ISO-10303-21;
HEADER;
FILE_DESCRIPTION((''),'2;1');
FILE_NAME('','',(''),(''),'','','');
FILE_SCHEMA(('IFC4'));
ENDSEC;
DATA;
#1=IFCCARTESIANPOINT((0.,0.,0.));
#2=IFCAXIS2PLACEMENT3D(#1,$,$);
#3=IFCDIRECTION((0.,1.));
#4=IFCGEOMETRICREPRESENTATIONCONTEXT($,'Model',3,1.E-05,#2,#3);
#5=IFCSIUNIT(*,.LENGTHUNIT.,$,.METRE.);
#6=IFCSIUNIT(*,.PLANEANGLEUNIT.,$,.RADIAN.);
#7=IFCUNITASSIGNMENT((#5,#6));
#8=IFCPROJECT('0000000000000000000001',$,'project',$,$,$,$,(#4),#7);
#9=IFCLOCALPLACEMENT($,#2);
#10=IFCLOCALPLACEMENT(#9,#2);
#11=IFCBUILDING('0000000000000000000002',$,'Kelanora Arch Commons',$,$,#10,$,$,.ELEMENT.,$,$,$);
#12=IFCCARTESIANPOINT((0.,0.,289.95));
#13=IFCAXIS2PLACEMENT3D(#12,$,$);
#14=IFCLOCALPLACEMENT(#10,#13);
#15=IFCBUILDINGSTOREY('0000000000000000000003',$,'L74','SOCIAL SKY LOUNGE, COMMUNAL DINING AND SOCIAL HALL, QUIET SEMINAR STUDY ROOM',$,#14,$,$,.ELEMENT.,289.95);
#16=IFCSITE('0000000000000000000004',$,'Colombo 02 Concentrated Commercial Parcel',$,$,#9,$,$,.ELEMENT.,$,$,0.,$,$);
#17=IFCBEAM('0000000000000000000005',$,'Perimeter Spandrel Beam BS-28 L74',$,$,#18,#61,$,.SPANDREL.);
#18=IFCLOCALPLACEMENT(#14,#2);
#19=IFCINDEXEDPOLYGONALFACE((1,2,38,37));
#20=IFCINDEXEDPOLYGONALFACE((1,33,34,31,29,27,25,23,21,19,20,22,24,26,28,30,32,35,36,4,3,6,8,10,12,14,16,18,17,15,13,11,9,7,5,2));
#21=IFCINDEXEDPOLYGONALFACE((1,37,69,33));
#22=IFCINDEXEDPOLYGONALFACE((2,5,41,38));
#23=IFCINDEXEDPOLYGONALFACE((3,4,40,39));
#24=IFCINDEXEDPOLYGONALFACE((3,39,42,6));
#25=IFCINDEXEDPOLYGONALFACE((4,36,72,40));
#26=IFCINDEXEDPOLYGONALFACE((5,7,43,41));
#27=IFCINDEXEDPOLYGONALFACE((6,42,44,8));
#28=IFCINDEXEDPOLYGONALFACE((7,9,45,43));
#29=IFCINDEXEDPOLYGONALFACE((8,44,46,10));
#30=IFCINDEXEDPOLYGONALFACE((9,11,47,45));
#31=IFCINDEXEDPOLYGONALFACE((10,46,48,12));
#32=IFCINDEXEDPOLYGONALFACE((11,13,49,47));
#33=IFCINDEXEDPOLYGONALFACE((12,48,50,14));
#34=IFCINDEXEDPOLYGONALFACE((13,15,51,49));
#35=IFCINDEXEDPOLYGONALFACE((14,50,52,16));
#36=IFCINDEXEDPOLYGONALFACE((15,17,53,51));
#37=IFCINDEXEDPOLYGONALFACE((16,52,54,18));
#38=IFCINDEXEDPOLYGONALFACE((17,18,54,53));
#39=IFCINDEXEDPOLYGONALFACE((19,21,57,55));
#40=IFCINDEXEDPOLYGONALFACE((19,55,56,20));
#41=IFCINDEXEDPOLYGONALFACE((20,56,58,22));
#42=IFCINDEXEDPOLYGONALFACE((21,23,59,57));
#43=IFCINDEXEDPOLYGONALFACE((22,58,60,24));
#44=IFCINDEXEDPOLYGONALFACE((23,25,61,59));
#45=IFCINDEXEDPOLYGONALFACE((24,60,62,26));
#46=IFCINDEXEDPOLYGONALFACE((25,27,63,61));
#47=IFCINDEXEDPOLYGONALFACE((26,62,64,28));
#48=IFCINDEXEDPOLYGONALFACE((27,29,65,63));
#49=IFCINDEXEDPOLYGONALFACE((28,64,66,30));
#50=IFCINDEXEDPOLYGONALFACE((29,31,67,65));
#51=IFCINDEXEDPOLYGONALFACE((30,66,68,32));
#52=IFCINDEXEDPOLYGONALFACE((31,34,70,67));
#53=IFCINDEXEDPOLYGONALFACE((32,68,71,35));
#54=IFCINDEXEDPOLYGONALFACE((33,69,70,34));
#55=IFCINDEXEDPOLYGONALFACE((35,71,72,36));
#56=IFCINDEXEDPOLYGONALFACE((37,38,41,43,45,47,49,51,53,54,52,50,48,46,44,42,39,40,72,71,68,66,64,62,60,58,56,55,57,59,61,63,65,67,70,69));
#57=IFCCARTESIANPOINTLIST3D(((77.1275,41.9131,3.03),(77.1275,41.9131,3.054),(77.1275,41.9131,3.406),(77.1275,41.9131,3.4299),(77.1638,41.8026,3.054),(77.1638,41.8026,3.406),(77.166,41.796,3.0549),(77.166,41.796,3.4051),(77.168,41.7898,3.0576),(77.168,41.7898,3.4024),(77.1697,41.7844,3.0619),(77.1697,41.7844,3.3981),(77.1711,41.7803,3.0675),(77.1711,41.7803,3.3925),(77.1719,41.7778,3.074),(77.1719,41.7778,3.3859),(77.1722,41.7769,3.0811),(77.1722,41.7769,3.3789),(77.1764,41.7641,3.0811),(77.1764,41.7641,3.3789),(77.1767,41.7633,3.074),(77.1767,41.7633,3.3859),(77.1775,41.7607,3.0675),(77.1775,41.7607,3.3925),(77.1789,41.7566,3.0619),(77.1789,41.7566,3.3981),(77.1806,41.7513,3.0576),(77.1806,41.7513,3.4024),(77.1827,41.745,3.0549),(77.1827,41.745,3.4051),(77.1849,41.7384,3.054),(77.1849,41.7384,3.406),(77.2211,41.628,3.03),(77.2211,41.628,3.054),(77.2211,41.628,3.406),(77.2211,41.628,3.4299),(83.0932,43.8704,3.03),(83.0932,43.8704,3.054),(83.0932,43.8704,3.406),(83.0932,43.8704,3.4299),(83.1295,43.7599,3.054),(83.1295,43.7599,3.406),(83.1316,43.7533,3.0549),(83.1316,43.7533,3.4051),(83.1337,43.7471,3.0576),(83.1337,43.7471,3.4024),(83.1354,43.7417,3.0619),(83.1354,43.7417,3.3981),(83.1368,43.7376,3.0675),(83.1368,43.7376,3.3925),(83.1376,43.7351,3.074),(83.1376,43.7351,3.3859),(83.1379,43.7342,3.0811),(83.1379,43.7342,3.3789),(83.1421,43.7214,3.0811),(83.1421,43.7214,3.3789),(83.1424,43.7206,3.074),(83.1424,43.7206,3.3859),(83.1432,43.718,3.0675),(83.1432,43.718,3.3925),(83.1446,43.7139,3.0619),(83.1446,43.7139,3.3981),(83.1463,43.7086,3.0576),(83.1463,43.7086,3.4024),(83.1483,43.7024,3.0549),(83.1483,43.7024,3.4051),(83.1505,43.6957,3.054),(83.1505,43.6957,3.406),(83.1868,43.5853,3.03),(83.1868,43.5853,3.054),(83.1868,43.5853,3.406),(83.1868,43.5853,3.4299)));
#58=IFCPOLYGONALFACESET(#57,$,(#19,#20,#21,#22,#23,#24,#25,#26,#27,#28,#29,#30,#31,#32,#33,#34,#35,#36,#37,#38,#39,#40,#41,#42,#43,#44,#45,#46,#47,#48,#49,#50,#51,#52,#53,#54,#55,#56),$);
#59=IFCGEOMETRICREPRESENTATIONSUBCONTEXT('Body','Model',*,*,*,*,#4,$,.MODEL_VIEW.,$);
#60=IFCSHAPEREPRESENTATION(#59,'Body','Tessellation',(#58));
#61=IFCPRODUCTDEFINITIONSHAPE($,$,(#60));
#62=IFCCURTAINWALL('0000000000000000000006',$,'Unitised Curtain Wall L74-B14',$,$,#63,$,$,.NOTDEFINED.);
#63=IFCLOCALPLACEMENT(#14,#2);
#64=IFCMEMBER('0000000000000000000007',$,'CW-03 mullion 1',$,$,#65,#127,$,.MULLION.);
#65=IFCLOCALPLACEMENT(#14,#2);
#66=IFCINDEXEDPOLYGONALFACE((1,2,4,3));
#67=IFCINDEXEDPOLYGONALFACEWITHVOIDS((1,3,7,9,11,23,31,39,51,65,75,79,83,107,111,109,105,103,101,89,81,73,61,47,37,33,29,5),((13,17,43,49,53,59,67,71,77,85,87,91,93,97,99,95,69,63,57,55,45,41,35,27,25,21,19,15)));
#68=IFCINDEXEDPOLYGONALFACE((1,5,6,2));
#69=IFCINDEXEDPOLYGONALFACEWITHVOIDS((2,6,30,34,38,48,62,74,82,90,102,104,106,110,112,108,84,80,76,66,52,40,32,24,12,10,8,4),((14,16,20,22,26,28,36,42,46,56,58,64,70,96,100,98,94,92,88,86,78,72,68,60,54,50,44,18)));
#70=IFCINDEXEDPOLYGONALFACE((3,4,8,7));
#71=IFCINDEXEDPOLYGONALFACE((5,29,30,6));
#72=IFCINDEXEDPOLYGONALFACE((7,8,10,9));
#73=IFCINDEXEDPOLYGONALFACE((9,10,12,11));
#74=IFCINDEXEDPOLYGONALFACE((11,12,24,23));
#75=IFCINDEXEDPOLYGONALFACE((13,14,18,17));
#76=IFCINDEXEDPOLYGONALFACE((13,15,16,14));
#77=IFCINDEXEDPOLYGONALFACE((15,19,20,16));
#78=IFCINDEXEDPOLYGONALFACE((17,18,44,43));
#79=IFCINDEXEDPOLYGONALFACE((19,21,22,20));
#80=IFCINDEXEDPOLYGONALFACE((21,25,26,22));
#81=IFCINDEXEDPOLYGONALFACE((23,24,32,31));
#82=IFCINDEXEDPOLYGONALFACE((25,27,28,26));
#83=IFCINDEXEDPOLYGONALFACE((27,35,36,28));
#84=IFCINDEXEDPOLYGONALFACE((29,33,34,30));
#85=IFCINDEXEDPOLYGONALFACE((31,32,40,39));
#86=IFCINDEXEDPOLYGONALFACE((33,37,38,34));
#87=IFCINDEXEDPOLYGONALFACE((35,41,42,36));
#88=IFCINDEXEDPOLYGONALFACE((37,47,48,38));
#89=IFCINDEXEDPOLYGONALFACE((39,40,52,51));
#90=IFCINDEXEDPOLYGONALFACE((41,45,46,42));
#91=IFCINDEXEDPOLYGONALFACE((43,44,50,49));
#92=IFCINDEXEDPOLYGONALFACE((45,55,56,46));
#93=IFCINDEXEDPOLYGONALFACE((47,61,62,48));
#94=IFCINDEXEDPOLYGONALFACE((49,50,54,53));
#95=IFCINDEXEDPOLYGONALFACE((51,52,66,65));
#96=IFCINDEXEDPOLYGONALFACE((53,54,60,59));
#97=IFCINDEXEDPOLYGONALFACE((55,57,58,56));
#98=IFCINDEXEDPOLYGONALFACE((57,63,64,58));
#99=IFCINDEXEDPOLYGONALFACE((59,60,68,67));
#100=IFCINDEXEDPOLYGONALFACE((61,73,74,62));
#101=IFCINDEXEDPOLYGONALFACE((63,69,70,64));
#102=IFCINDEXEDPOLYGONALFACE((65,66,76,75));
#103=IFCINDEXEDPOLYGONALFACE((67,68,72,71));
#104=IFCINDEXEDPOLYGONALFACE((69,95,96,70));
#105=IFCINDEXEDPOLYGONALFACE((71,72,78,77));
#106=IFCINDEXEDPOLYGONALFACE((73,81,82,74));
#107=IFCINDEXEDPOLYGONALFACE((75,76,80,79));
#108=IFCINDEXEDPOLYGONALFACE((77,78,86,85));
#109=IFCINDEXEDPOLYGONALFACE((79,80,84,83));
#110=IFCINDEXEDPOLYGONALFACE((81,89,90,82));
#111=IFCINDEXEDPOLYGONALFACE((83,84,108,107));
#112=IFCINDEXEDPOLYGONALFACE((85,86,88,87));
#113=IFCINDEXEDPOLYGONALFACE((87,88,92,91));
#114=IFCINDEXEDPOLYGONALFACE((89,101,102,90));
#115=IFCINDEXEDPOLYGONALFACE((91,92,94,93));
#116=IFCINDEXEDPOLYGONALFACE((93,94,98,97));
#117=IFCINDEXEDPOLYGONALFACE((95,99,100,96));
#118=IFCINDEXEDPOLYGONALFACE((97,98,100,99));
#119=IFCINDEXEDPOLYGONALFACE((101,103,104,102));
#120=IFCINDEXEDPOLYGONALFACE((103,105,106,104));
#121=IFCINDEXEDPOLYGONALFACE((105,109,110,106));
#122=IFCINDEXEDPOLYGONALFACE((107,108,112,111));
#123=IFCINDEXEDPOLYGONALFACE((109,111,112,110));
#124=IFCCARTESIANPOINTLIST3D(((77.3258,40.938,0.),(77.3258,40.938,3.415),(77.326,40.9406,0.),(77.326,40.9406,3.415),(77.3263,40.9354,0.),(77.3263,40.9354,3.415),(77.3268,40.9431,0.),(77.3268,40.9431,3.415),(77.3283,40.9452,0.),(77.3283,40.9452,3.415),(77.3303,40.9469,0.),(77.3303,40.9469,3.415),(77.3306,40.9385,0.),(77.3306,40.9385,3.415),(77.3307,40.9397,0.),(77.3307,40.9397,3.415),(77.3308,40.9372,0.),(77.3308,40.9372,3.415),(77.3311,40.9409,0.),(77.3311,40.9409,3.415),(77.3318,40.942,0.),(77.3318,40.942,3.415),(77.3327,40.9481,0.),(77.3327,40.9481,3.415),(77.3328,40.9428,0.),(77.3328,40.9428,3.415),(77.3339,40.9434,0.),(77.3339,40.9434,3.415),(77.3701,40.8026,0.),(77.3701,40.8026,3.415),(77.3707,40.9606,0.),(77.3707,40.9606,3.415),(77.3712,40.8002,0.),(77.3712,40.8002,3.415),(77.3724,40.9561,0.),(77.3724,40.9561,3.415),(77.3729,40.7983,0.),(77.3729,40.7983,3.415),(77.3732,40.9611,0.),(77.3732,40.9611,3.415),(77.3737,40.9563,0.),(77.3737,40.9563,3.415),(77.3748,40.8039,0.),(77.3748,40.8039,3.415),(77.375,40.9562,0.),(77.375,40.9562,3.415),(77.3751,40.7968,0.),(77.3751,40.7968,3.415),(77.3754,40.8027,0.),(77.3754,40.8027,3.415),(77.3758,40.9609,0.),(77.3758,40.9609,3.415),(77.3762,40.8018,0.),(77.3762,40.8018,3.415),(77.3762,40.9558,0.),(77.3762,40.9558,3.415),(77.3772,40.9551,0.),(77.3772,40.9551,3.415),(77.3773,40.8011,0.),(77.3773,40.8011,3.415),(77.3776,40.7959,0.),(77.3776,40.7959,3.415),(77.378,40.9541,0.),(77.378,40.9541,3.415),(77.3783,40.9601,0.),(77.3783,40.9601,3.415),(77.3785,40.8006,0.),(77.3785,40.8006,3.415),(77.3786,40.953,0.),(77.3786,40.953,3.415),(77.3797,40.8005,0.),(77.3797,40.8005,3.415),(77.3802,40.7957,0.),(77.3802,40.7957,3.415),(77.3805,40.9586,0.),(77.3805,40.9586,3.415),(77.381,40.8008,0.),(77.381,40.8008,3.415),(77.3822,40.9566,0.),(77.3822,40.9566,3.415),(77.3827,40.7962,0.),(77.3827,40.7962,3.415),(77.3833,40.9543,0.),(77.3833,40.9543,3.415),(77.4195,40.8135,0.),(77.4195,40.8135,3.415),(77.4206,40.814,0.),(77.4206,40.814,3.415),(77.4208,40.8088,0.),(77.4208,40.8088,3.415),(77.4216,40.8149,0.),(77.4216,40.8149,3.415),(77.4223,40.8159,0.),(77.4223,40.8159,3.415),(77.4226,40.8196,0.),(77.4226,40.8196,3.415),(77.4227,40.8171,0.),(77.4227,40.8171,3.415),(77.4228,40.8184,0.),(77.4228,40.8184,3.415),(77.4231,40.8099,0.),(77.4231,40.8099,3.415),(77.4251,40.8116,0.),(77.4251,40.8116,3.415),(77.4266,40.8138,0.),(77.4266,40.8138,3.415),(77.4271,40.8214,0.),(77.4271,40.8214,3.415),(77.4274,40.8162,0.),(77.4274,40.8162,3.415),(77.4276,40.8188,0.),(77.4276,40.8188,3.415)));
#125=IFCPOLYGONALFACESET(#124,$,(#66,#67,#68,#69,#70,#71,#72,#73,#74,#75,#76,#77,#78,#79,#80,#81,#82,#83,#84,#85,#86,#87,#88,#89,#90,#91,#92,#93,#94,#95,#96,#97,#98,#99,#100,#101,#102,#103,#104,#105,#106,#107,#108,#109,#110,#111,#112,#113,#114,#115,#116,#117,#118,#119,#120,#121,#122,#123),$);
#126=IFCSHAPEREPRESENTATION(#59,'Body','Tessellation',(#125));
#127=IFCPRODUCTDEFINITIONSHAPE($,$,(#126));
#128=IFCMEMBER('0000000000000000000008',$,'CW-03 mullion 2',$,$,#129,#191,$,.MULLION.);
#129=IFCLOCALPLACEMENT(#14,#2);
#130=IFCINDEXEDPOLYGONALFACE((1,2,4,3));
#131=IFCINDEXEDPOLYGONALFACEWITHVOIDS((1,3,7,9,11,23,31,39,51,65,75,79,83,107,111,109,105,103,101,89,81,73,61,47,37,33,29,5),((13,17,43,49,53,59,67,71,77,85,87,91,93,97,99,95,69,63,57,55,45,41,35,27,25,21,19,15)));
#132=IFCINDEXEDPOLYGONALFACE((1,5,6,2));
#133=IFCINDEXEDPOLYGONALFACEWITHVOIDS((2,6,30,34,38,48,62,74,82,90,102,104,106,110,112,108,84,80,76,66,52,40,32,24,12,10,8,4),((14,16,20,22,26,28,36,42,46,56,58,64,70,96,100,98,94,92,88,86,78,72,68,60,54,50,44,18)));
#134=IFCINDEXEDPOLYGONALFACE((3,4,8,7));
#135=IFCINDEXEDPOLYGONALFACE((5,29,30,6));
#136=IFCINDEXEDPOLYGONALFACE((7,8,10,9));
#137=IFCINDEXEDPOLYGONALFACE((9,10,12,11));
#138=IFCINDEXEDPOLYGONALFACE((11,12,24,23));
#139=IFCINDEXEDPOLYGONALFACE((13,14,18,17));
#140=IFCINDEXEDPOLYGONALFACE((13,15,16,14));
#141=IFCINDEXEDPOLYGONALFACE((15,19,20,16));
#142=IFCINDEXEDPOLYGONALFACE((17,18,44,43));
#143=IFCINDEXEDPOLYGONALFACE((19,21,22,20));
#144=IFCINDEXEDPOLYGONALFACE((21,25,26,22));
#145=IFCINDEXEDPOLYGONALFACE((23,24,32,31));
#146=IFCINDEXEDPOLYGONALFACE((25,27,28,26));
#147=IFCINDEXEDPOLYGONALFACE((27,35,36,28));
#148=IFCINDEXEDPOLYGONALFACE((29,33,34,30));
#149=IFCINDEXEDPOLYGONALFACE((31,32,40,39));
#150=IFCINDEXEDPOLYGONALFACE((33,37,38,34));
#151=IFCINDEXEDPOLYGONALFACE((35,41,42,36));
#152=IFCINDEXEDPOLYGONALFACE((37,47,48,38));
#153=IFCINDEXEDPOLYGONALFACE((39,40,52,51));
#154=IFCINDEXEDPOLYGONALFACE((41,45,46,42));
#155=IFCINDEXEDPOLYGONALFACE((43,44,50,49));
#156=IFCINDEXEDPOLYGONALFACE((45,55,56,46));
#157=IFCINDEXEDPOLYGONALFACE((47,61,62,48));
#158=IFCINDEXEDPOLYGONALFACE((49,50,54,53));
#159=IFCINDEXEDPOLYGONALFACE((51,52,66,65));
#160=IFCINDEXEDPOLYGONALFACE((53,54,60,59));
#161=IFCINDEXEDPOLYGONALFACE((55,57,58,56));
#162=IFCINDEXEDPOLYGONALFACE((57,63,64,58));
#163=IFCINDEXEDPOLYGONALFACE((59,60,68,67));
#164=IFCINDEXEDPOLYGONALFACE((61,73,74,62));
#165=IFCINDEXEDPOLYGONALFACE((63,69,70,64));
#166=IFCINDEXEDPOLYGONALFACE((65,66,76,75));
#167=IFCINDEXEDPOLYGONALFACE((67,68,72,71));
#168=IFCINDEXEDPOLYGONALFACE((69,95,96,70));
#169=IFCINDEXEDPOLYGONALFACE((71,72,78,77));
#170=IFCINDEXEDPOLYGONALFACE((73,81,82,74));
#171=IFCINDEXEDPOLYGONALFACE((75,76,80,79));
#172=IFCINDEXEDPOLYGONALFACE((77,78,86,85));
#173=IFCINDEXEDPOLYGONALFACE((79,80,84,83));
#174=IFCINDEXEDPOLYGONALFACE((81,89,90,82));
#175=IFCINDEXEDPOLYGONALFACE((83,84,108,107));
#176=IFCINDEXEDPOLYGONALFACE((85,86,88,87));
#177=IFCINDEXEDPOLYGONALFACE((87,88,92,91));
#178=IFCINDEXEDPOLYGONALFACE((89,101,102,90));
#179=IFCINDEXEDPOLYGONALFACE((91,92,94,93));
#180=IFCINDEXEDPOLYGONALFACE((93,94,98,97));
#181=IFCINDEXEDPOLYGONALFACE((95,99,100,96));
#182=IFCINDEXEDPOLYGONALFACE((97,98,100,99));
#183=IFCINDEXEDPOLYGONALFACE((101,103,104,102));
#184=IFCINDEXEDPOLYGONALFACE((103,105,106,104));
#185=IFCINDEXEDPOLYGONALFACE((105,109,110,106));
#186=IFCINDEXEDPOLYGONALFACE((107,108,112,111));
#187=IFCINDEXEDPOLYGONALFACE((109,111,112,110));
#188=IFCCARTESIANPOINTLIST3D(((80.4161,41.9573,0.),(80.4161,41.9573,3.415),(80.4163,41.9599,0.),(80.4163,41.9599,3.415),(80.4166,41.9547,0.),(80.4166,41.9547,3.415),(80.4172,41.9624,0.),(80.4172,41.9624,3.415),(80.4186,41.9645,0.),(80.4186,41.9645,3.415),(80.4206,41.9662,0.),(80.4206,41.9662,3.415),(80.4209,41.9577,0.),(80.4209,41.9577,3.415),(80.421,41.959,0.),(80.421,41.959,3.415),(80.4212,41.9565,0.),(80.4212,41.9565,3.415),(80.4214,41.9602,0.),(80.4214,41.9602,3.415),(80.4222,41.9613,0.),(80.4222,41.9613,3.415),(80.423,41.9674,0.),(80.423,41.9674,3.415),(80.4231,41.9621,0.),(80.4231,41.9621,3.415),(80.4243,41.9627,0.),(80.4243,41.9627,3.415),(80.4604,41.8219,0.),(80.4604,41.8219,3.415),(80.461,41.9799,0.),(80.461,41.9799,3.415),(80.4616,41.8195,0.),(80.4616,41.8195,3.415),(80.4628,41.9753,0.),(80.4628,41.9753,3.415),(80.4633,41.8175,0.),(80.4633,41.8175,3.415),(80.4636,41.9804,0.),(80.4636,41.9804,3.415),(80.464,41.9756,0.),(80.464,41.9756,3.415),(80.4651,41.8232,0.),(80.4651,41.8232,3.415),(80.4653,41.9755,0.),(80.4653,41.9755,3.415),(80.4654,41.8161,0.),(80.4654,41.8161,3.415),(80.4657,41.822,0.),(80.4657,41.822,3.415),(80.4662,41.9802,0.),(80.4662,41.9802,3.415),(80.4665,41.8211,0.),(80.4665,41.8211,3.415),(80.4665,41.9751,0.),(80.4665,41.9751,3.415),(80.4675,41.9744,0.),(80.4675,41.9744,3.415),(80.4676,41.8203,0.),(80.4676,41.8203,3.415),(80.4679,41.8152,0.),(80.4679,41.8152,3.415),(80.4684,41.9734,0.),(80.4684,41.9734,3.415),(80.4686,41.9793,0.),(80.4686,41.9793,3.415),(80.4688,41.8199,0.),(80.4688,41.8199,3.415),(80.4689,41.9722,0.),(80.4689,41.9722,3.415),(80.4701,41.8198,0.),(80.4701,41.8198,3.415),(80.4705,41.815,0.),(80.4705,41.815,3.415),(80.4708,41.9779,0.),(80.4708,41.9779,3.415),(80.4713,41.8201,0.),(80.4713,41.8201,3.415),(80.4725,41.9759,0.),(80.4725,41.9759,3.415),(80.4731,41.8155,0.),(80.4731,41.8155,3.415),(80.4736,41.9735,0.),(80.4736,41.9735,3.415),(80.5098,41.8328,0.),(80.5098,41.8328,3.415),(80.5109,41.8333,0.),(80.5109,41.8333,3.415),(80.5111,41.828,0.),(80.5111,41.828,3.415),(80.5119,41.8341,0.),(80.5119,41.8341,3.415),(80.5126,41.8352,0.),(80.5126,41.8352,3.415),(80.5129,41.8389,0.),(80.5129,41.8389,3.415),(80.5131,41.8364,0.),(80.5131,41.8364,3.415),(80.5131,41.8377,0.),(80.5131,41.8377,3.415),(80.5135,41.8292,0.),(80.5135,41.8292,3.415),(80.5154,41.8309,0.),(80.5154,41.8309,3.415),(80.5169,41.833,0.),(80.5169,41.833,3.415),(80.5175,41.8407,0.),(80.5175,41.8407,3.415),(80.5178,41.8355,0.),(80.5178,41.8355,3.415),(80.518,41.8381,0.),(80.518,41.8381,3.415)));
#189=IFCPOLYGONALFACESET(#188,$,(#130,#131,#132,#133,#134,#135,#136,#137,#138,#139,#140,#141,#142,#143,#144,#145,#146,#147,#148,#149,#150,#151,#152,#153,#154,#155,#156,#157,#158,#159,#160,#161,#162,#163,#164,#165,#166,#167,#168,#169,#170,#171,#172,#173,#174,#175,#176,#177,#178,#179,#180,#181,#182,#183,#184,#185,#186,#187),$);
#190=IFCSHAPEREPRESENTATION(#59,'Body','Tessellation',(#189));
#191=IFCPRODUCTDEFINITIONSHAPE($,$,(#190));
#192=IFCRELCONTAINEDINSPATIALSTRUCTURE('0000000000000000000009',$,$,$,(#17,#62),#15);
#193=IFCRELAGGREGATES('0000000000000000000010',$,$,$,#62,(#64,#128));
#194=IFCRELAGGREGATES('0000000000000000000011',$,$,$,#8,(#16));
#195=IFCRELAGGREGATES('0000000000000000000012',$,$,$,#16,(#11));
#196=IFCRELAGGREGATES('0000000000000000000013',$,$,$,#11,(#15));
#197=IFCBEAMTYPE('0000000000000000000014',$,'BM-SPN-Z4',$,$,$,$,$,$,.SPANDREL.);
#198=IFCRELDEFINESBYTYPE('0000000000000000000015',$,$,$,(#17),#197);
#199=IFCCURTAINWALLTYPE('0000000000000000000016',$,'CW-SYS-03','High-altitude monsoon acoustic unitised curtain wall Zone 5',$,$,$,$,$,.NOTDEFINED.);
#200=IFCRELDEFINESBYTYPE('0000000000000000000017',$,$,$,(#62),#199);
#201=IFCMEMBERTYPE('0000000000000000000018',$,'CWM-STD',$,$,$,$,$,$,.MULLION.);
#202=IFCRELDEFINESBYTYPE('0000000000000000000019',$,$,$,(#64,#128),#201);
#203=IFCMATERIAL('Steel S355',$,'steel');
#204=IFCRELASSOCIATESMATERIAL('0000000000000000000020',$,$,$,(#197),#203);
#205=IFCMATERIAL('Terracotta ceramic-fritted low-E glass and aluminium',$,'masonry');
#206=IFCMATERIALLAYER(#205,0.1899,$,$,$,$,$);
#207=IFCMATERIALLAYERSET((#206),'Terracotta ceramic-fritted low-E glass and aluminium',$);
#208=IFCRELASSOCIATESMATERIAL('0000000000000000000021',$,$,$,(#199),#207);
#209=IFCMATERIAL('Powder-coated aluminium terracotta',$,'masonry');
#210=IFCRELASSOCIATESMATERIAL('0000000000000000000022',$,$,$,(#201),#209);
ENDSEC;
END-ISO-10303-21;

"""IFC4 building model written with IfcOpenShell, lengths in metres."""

from ifc_helpers import new_model, si_unit, direction, frame, origin, origin_2d, place, context, subcontext, project, spatial, hollow_rectangle, i_section, extrude, material, layer, layer_set, material_profile, profile_set, type_object, element, aggregate, save


model = new_model("IFC4")

# Units and contexts
model_context = context("Model", 3, precision=1e-05, world=origin(), true_north=direction((0.0, 1.0)))
body_context = subcontext(model_context, "Body", "Model", "MODEL_VIEW")
ifc_project = project(units=[si_unit("LENGTHUNIT", "METRE"), si_unit("PLANEANGLEUNIT", "RADIAN")], contexts=[model_context])

# Site, building, storey
site_placement = place(None, origin())
site = spatial("IfcSite", under=ifc_project, at=site_placement, Name="Colombo 02 Concentrated Commercial Parcel", CompositionType="ELEMENT", RefElevation=0.0)
building_placement = place(site_placement, origin())
building = spatial("IfcBuilding", under=site, at=building_placement, Name="Kelanora Arch Commons", CompositionType="ELEMENT")
storey_placement = place(building_placement, frame((0.0, 0.0, 289.95)))
storey = spatial("IfcBuildingStorey", under=building, at=storey_placement, Name="L74", Description="SOCIAL SKY LOUNGE, COMMUNAL DINING AND SOCIAL HALL, QUIET SEMINAR STUDY ROOM", CompositionType="ELEMENT", Elevation=289.95)

# Beam
ifc_material_1 = material(Name="Steel S355", Category="steel")
ifc_material_profile_1 = material_profile(ifc_material_1, i_section(OverallWidth=0.3, OverallDepth=0.3999, WebThickness=0.0134, FlangeThickness=0.0239, FilletRadius=0.0271, at=origin_2d()), Name="HEB400")
ifc_profile_set_1 = profile_set([ifc_material_profile_1], Name="Steel S355")
beam_type_1 = type_object("IfcBeamType", Name="BM-SPN-Z4", PredefinedType="SPANDREL", material=ifc_profile_set_1)
beam_1_placement = place(storey_placement, frame((77.1743, 41.7705, 3.23), z_axis=(0.950166, 0.311745, 0.0), x_axis=(-0.311745, 0.950166, 0.0)))
element("IfcBeam", 1, at=beam_1_placement, inside=storey, type_object=beam_type_1, Name="Perimeter Spandrel Beam BS-28 L74", PredefinedType="SPANDREL", context=body_context, shape_type="SweptSolid", body=[
    extrude(i_section(OverallWidth=0.3, OverallDepth=0.3999, WebThickness=0.0134, FlangeThickness=0.0239, FilletRadius=0.0271, at=origin_2d()), origin(), (0.0, 0.0, 1.0), 6.2786),
])

# Curtain wall, members
ifc_material_2 = material(Name="Terracotta ceramic-fritted low-E glass and aluminium", Category="masonry")
ifc_layer_1 = layer(ifc_material_2, 0.1899)
ifc_layer_set_1 = layer_set([ifc_layer_1], Name="Terracotta ceramic-fritted low-E glass and aluminium")
curtain_wall_type = type_object("IfcCurtainWallType", Name="CW-SYS-03", Description="High-altitude monsoon acoustic unitised curtain wall Zone 5", PredefinedType="NOTDEFINED", material=ifc_layer_set_1)
curtain_wall_placement = place(storey_placement, origin())
curtain_wall = element("IfcCurtainWall", 2, at=curtain_wall_placement, inside=storey, type_object=curtain_wall_type, Name="Unitised Curtain Wall L74-B14", PredefinedType="NOTDEFINED")
ifc_material_3 = material(Name="Powder-coated aluminium terracotta", Category="masonry")
ifc_material_profile_2 = material_profile(ifc_material_3, hollow_rectangle(XDim=0.1599, YDim=0.0601, WallThickness=0.0049, InnerFilletRadius=0.0049, OuterFilletRadius=0.01, at=origin_2d()), Name="CWM160x60")
ifc_profile_set_2 = profile_set([ifc_material_profile_2], Name="Powder-coated aluminium terracotta")
member_type_1 = type_object("IfcMemberType", Name="CWM-STD", PredefinedType="MULLION", material=ifc_profile_set_2)
member_1_placement = place(storey_placement, frame((77.3767, 40.8784, 0.0), z_axis=(0.0, 0.0, 1.0), x_axis=(-0.313253, 0.94967, 0.0)))
member_1 = element("IfcMember", 3, at=member_1_placement, type_object=member_type_1, Name="CW-03 mullion 1", PredefinedType="MULLION", context=body_context, shape_type="SweptSolid", body=[
    extrude(hollow_rectangle(XDim=0.1599, YDim=0.0601, WallThickness=0.0049, InnerFilletRadius=0.0049, OuterFilletRadius=0.01, at=origin_2d()), origin(), (0.0, 0.0, 1.0), 3.415),
])
member_2_placement = place(storey_placement, frame((80.467, 41.8977, 0.0), z_axis=(0.0, 0.0, 1.0), x_axis=(-0.313253, 0.94967, 0.0)))
member_2 = element("IfcMember", 4, at=member_2_placement, type_object=member_type_1, Name="CW-03 mullion 2", PredefinedType="MULLION", context=body_context, shape_type="SweptSolid", body=[
    extrude(hollow_rectangle(XDim=0.1599, YDim=0.0601, WallThickness=0.0049, InnerFilletRadius=0.0049, OuterFilletRadius=0.01, at=origin_2d()), origin(), (0.0, 0.0, 1.0), 3.415),
])
aggregate(curtain_wall, [member_1, member_2])

save(model, "model.ifc")
